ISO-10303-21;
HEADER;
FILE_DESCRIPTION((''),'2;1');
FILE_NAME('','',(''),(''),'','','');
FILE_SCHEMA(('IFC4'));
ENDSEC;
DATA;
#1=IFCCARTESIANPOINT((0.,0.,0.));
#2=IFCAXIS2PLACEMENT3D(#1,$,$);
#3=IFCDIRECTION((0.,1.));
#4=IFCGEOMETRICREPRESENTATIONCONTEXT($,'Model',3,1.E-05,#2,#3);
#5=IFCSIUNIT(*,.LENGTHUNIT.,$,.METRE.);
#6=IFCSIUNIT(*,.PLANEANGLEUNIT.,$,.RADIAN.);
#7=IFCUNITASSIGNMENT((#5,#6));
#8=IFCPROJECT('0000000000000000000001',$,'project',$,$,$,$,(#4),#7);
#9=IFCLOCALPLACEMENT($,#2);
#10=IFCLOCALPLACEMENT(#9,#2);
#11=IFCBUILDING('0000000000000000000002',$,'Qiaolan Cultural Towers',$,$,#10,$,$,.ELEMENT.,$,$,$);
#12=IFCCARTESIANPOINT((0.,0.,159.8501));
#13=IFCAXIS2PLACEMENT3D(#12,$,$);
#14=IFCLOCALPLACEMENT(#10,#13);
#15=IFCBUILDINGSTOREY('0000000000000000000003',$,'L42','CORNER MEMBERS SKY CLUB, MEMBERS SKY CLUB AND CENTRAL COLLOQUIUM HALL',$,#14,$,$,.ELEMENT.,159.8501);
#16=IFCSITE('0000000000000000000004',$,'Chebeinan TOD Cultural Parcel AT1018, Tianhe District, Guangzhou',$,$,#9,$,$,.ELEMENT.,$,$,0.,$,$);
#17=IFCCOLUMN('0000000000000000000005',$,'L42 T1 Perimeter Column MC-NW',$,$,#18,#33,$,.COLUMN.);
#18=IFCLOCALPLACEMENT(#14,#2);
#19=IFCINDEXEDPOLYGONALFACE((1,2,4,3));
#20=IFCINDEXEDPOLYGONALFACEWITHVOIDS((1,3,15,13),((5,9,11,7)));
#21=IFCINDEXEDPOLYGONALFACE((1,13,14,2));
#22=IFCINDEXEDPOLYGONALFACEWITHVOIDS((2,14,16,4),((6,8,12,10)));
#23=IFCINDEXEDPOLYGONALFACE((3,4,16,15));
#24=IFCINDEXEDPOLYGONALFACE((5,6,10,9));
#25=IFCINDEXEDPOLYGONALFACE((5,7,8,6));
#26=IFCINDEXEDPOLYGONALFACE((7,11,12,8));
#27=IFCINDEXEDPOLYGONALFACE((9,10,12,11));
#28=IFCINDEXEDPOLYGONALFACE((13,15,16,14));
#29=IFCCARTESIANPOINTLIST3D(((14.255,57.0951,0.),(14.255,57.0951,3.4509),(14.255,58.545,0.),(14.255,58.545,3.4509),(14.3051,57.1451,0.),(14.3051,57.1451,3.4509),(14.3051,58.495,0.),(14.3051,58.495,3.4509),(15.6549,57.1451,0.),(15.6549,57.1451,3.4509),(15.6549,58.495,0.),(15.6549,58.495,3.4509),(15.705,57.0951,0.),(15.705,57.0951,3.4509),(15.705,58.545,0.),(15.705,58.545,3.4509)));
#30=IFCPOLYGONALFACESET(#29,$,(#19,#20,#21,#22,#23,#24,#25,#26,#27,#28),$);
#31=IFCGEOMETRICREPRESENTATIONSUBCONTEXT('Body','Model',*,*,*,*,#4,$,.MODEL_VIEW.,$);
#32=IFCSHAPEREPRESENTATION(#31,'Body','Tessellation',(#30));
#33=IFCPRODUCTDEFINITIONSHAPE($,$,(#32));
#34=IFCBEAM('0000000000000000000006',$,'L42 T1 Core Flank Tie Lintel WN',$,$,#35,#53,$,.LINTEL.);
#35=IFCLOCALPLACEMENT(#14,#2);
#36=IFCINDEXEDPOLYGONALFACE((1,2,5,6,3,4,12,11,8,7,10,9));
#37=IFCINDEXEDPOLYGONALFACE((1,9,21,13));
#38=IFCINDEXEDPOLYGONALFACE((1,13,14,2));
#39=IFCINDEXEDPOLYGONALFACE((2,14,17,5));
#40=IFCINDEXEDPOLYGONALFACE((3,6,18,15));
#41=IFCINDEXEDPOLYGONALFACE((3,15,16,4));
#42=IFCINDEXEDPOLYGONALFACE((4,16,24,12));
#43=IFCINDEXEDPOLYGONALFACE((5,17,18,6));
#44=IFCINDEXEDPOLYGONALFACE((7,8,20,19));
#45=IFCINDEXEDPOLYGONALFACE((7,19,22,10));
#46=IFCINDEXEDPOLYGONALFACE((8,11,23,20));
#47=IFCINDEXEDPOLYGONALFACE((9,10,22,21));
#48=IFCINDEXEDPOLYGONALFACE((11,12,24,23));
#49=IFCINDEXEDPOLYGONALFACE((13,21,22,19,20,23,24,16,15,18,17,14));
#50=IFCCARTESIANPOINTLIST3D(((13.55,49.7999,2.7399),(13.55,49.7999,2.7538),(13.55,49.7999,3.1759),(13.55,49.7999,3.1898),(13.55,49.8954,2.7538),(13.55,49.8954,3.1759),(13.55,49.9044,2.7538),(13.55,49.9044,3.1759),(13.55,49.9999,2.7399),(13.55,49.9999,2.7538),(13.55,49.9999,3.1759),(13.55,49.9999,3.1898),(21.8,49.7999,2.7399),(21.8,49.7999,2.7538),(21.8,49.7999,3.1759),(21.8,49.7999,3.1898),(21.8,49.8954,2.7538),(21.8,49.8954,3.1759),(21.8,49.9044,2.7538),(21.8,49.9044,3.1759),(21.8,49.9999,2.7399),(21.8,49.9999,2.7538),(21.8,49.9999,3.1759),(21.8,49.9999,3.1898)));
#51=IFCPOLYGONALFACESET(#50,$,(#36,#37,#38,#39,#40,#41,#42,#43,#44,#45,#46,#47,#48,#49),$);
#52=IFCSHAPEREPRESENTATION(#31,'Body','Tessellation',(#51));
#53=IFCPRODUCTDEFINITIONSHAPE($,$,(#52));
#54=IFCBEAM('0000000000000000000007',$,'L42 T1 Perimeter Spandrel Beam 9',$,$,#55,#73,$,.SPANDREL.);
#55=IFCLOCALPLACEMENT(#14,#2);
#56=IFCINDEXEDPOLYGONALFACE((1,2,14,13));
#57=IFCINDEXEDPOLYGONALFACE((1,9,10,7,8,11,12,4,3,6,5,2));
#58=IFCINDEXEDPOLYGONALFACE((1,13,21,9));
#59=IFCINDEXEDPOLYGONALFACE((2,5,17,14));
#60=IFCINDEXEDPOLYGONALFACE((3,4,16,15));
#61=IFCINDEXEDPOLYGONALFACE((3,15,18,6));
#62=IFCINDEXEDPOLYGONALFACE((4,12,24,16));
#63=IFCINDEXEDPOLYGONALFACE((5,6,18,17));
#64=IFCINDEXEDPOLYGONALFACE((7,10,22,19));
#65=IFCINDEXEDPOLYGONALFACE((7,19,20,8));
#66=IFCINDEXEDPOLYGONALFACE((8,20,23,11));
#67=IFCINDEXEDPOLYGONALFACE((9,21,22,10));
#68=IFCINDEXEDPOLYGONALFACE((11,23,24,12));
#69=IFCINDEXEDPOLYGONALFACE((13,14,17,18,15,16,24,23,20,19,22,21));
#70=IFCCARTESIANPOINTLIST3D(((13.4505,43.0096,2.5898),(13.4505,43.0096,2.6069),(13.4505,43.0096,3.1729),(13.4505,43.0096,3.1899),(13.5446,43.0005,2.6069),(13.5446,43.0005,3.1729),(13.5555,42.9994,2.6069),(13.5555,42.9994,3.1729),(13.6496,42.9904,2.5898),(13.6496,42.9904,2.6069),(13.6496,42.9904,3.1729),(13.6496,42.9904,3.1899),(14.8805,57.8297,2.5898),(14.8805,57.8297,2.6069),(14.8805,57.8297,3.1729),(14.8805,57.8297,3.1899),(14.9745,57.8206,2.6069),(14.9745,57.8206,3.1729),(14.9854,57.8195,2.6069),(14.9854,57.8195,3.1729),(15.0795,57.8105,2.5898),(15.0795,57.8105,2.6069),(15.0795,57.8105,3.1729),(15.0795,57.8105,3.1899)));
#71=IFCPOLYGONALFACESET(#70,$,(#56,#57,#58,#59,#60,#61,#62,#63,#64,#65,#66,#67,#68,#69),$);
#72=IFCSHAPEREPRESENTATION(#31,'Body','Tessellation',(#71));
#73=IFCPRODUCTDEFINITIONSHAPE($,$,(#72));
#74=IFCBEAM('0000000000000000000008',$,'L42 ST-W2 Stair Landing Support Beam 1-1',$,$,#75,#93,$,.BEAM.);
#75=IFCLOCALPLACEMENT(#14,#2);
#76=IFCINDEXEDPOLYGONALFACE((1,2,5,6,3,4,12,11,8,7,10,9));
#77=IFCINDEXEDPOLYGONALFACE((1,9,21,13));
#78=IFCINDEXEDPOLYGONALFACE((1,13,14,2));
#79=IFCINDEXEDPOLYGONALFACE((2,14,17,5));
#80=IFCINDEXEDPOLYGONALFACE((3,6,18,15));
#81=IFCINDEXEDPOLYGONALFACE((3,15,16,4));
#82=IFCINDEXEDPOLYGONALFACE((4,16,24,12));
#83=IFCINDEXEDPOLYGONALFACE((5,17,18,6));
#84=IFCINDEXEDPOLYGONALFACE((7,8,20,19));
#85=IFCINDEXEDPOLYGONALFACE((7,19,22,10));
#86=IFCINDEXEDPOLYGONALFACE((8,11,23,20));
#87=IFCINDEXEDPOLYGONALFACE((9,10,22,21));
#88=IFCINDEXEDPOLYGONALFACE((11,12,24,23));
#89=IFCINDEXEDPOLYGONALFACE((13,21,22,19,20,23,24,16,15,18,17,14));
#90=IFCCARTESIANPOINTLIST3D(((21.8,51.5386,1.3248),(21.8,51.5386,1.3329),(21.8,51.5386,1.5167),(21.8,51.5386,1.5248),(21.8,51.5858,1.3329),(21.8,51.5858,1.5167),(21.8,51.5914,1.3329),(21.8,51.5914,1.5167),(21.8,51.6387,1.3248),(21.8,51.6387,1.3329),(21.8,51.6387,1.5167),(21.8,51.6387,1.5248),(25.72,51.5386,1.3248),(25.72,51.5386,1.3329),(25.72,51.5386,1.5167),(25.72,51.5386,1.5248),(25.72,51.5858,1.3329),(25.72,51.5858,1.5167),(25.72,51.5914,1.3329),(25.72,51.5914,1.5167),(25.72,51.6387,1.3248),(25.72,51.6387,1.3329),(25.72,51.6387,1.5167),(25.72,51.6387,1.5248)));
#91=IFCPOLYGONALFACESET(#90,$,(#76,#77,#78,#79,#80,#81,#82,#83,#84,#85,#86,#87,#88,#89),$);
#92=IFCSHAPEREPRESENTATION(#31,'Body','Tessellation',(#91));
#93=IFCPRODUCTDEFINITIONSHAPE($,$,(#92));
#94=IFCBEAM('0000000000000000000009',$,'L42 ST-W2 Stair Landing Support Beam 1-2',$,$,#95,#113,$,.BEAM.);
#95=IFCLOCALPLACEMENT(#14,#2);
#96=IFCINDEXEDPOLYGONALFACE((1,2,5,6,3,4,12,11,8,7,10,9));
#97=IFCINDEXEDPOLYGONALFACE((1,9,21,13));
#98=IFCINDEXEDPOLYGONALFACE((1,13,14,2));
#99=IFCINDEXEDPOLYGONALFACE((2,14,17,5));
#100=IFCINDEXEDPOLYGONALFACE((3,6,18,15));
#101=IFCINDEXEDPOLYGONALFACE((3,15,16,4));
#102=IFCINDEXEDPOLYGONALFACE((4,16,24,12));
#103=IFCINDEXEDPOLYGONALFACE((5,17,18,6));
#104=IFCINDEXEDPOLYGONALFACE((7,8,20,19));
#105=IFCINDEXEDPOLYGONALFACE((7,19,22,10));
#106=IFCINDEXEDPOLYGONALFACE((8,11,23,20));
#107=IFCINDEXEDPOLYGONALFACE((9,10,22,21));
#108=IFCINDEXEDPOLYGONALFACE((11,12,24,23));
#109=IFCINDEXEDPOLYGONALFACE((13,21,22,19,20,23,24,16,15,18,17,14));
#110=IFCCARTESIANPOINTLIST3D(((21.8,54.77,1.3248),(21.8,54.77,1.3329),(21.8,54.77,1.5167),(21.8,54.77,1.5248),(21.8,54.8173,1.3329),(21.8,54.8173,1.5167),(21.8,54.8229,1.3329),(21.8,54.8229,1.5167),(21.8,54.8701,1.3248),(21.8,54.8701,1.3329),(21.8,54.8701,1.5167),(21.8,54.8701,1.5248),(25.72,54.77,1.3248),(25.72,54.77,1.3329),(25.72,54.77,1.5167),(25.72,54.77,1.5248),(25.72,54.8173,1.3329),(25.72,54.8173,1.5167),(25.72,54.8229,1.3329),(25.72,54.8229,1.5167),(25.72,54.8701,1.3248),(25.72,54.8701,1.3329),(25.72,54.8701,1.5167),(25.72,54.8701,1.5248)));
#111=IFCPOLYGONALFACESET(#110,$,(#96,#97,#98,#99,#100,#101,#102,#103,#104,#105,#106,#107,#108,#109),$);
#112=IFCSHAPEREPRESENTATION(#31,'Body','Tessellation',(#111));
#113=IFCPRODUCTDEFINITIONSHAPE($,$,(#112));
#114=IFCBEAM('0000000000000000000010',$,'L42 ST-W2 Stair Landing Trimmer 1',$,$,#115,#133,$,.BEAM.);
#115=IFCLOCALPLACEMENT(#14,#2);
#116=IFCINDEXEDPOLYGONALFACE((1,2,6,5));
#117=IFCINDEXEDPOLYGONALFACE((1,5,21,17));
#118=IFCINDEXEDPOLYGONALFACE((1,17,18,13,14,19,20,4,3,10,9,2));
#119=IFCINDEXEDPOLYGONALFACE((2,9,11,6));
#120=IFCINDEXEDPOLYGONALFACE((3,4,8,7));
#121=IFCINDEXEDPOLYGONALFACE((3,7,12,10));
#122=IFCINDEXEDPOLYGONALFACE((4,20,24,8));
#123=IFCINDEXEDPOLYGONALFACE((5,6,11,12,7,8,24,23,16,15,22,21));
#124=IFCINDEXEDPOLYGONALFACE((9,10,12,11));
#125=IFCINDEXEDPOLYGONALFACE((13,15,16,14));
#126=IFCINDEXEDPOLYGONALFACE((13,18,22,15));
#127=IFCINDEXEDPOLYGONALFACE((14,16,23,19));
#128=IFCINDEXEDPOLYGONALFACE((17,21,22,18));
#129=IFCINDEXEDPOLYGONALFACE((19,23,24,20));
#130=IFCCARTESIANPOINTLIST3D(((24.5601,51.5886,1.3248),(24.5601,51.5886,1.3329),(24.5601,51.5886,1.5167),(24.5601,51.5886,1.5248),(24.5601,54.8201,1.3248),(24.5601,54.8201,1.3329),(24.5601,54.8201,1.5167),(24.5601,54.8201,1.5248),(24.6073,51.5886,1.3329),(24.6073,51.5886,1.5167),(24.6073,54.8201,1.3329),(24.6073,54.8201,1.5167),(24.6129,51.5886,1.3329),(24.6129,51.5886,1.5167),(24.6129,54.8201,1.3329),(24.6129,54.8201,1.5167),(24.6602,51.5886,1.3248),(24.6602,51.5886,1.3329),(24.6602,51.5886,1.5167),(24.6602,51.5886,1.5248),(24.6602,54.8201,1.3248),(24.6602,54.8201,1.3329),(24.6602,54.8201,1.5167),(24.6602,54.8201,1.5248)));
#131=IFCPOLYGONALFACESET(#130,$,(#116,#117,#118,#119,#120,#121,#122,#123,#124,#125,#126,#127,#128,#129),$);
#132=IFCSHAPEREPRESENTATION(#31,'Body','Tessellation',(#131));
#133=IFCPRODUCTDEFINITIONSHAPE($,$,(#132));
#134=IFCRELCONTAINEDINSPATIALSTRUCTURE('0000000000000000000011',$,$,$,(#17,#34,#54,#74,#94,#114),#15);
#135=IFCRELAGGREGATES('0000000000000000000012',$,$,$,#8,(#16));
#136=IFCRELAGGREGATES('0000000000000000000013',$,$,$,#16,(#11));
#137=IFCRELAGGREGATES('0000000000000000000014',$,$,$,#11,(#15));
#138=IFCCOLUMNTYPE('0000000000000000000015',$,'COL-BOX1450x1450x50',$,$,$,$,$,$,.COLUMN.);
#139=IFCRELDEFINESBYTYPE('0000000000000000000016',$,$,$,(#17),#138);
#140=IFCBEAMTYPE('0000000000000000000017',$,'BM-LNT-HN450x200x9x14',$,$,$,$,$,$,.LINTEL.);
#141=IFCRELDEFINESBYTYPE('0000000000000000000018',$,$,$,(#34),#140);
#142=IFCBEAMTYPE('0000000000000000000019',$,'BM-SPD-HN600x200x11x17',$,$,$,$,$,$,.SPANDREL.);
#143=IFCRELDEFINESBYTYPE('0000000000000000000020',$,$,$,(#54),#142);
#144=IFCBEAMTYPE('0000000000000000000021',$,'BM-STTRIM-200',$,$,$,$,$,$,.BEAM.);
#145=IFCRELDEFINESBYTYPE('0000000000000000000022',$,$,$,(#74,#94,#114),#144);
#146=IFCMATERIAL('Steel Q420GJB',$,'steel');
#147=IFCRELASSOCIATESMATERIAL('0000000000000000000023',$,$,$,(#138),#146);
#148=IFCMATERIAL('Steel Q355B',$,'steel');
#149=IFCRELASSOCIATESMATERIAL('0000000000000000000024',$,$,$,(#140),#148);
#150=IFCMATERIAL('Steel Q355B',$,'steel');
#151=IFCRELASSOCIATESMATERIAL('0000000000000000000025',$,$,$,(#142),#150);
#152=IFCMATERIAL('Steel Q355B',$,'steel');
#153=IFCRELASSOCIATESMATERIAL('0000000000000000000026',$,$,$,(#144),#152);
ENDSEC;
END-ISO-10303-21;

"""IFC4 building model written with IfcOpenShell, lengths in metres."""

from ifc_helpers import new_model, si_unit, direction, frame, origin, origin_2d, place, context, subcontext, project, spatial, hollow_rectangle, i_section, extrude, material, material_profile, profile_set, type_object, element, save


model = new_model("IFC4")

# Units and contexts
model_context = context("Model", 3, precision=1e-05, world=origin(), true_north=direction((0.0, 1.0)))
body_context = subcontext(model_context, "Body", "Model", "MODEL_VIEW")
ifc_project = project(units=[si_unit("LENGTHUNIT", "METRE"), si_unit("PLANEANGLEUNIT", "RADIAN")], contexts=[model_context])

# Site, building, storey
site_placement = place(None, origin())
site = spatial("IfcSite", under=ifc_project, at=site_placement, Name="Chebeinan TOD Cultural Parcel AT1018, Tianhe District, Guangzhou", CompositionType="ELEMENT", RefElevation=0.0)
building_placement = place(site_placement, origin())
building = spatial("IfcBuilding", under=site, at=building_placement, Name="Qiaolan Cultural Towers", CompositionType="ELEMENT")
storey_placement = place(building_placement, frame((0.0, 0.0, 159.8501)))
storey = spatial("IfcBuildingStorey", under=building, at=storey_placement, Name="L42", Description="CORNER MEMBERS SKY CLUB, MEMBERS SKY CLUB AND CENTRAL COLLOQUIUM HALL", CompositionType="ELEMENT", Elevation=159.8501)

# Column
ifc_material_1 = material(Name="Steel Q420GJB", Category="steel")
ifc_material_profile_1 = material_profile(ifc_material_1, hollow_rectangle(XDim=1.45, YDim=1.45, WallThickness=0.05, at=origin_2d()), Name="BOX1450x1450x50")
ifc_profile_set_1 = profile_set([ifc_material_profile_1], Name="Steel Q420GJB")
column_type = type_object("IfcColumnType", Name="COL-BOX1450x1450x50", PredefinedType="COLUMN", material=ifc_profile_set_1)
column_placement = place(storey_placement, frame((14.98, 57.8201, 0.0), z_axis=(0.0, 0.0, 1.0), x_axis=(1.0, 0.0, 0.0)))
element("IfcColumn", 1, at=column_placement, inside=storey, type_object=column_type, Name="L42 T1 Perimeter Column MC-NW", PredefinedType="COLUMN", context=body_context, shape_type="SweptSolid", body=[
    extrude(hollow_rectangle(XDim=1.45, YDim=1.45, WallThickness=0.05, at=origin_2d()), origin(), (0.0, 0.0, 1.0), 3.4509),
])

# Beams
ifc_material_2 = material(Name="Steel Q355B", Category="steel")
ifc_material_profile_2 = material_profile(ifc_material_2, i_section(OverallWidth=0.2, OverallDepth=0.45, WebThickness=0.009, FlangeThickness=0.0139, at=origin_2d()), Name="HN450x200x9x14")
ifc_profile_set_2 = profile_set([ifc_material_profile_2], Name="Steel Q355B")
beam_type_1 = type_object("IfcBeamType", Name="BM-LNT-HN450x200x9x14", PredefinedType="LINTEL", material=ifc_profile_set_2)
beam_1_placement = place(storey_placement, frame((21.8, 49.8999, 2.9648), z_axis=(-1.0, 0.0, 0.0), x_axis=(0.0, -1.0, 0.0)))
element("IfcBeam", 2, at=beam_1_placement, inside=storey, type_object=beam_type_1, Name="L42 T1 Core Flank Tie Lintel WN", PredefinedType="LINTEL", context=body_context, shape_type="SweptSolid", body=[
    extrude(i_section(OverallWidth=0.2, OverallDepth=0.45, WebThickness=0.009, FlangeThickness=0.0139, at=origin_2d()), origin(), (0.0, 0.0, 1.0), 8.25),
])
ifc_material_3 = material(Name="Steel Q355B", Category="steel")
ifc_material_profile_3 = material_profile(ifc_material_3, i_section(OverallWidth=0.2, OverallDepth=0.6001, WebThickness=0.011, FlangeThickness=0.0171, at=origin_2d()), Name="HN600x200x11x17")
ifc_profile_set_3 = profile_set([ifc_material_profile_3], Name="Steel Q355B")
beam_type_2 = type_object("IfcBeamType", Name="BM-SPD-HN600x200x11x17", PredefinedType="SPANDREL", material=ifc_profile_set_3)
beam_2_placement = place(storey_placement, frame((14.98, 57.8201, 2.8899), z_axis=(-0.09604, -0.995377, 0.0), x_axis=(0.995377, -0.09604, 0.0)))
element("IfcBeam", 3, at=beam_2_placement, inside=storey, type_object=beam_type_2, Name="L42 T1 Perimeter Spandrel Beam 9", PredefinedType="SPANDREL", context=body_context, shape_type="SweptSolid", body=[
    extrude(i_section(OverallWidth=0.2, OverallDepth=0.6001, WebThickness=0.011, FlangeThickness=0.0171, at=origin_2d()), origin(), (0.0, 0.0, 1.0), 14.8889),
])
ifc_material_4 = material(Name="Steel Q355B", Category="steel")
ifc_material_profile_4 = material_profile(ifc_material_4, i_section(OverallWidth=0.1001, OverallDepth=0.2, WebThickness=0.0056, FlangeThickness=0.0081, at=origin_2d()), Name="HN200x100x5.5x8")
ifc_profile_set_4 = profile_set([ifc_material_profile_4], Name="Steel Q355B")
beam_type_3 = type_object("IfcBeamType", Name="BM-STTRIM-200", PredefinedType="BEAM", material=ifc_profile_set_4)
for number, where, z_axis, x_axis, name in (
    (4, (21.8, 51.5886, 1.4248), (1.0, 0.0, 0.0), (0.0, 1.0, 0.0), "L42 ST-W2 Stair Landing Support Beam 1-1"),
    (5, (21.8, 54.8201, 1.4248), (1.0, 0.0, 0.0), (0.0, 1.0, 0.0), "L42 ST-W2 Stair Landing Support Beam 1-2"),
):
    element("IfcBeam", number, at=place(storey_placement, frame(where, z_axis=z_axis, x_axis=x_axis)), inside=storey, type_object=beam_type_3, Name=name, PredefinedType="BEAM", context=body_context, shape_type="SweptSolid", body=[
        extrude(i_section(OverallWidth=0.1001, OverallDepth=0.2, WebThickness=0.0056, FlangeThickness=0.0081, at=origin_2d()), origin(), (0.0, 0.0, 1.0), 3.9199),
    ])
beam_3_placement = place(storey_placement, frame((24.6101, 51.5886, 1.4248), z_axis=(0.0, 1.0, 0.0), x_axis=(-1.0, 0.0, 0.0)))
element("IfcBeam", 6, at=beam_3_placement, inside=storey, type_object=beam_type_3, Name="L42 ST-W2 Stair Landing Trimmer 1", PredefinedType="BEAM", context=body_context, shape_type="SweptSolid", body=[
    extrude(i_section(OverallWidth=0.1001, OverallDepth=0.2, WebThickness=0.0056, FlangeThickness=0.0081, at=origin_2d()), origin(), (0.0, 0.0, 1.0), 3.2314),
])

save(model, "model.ifc")
